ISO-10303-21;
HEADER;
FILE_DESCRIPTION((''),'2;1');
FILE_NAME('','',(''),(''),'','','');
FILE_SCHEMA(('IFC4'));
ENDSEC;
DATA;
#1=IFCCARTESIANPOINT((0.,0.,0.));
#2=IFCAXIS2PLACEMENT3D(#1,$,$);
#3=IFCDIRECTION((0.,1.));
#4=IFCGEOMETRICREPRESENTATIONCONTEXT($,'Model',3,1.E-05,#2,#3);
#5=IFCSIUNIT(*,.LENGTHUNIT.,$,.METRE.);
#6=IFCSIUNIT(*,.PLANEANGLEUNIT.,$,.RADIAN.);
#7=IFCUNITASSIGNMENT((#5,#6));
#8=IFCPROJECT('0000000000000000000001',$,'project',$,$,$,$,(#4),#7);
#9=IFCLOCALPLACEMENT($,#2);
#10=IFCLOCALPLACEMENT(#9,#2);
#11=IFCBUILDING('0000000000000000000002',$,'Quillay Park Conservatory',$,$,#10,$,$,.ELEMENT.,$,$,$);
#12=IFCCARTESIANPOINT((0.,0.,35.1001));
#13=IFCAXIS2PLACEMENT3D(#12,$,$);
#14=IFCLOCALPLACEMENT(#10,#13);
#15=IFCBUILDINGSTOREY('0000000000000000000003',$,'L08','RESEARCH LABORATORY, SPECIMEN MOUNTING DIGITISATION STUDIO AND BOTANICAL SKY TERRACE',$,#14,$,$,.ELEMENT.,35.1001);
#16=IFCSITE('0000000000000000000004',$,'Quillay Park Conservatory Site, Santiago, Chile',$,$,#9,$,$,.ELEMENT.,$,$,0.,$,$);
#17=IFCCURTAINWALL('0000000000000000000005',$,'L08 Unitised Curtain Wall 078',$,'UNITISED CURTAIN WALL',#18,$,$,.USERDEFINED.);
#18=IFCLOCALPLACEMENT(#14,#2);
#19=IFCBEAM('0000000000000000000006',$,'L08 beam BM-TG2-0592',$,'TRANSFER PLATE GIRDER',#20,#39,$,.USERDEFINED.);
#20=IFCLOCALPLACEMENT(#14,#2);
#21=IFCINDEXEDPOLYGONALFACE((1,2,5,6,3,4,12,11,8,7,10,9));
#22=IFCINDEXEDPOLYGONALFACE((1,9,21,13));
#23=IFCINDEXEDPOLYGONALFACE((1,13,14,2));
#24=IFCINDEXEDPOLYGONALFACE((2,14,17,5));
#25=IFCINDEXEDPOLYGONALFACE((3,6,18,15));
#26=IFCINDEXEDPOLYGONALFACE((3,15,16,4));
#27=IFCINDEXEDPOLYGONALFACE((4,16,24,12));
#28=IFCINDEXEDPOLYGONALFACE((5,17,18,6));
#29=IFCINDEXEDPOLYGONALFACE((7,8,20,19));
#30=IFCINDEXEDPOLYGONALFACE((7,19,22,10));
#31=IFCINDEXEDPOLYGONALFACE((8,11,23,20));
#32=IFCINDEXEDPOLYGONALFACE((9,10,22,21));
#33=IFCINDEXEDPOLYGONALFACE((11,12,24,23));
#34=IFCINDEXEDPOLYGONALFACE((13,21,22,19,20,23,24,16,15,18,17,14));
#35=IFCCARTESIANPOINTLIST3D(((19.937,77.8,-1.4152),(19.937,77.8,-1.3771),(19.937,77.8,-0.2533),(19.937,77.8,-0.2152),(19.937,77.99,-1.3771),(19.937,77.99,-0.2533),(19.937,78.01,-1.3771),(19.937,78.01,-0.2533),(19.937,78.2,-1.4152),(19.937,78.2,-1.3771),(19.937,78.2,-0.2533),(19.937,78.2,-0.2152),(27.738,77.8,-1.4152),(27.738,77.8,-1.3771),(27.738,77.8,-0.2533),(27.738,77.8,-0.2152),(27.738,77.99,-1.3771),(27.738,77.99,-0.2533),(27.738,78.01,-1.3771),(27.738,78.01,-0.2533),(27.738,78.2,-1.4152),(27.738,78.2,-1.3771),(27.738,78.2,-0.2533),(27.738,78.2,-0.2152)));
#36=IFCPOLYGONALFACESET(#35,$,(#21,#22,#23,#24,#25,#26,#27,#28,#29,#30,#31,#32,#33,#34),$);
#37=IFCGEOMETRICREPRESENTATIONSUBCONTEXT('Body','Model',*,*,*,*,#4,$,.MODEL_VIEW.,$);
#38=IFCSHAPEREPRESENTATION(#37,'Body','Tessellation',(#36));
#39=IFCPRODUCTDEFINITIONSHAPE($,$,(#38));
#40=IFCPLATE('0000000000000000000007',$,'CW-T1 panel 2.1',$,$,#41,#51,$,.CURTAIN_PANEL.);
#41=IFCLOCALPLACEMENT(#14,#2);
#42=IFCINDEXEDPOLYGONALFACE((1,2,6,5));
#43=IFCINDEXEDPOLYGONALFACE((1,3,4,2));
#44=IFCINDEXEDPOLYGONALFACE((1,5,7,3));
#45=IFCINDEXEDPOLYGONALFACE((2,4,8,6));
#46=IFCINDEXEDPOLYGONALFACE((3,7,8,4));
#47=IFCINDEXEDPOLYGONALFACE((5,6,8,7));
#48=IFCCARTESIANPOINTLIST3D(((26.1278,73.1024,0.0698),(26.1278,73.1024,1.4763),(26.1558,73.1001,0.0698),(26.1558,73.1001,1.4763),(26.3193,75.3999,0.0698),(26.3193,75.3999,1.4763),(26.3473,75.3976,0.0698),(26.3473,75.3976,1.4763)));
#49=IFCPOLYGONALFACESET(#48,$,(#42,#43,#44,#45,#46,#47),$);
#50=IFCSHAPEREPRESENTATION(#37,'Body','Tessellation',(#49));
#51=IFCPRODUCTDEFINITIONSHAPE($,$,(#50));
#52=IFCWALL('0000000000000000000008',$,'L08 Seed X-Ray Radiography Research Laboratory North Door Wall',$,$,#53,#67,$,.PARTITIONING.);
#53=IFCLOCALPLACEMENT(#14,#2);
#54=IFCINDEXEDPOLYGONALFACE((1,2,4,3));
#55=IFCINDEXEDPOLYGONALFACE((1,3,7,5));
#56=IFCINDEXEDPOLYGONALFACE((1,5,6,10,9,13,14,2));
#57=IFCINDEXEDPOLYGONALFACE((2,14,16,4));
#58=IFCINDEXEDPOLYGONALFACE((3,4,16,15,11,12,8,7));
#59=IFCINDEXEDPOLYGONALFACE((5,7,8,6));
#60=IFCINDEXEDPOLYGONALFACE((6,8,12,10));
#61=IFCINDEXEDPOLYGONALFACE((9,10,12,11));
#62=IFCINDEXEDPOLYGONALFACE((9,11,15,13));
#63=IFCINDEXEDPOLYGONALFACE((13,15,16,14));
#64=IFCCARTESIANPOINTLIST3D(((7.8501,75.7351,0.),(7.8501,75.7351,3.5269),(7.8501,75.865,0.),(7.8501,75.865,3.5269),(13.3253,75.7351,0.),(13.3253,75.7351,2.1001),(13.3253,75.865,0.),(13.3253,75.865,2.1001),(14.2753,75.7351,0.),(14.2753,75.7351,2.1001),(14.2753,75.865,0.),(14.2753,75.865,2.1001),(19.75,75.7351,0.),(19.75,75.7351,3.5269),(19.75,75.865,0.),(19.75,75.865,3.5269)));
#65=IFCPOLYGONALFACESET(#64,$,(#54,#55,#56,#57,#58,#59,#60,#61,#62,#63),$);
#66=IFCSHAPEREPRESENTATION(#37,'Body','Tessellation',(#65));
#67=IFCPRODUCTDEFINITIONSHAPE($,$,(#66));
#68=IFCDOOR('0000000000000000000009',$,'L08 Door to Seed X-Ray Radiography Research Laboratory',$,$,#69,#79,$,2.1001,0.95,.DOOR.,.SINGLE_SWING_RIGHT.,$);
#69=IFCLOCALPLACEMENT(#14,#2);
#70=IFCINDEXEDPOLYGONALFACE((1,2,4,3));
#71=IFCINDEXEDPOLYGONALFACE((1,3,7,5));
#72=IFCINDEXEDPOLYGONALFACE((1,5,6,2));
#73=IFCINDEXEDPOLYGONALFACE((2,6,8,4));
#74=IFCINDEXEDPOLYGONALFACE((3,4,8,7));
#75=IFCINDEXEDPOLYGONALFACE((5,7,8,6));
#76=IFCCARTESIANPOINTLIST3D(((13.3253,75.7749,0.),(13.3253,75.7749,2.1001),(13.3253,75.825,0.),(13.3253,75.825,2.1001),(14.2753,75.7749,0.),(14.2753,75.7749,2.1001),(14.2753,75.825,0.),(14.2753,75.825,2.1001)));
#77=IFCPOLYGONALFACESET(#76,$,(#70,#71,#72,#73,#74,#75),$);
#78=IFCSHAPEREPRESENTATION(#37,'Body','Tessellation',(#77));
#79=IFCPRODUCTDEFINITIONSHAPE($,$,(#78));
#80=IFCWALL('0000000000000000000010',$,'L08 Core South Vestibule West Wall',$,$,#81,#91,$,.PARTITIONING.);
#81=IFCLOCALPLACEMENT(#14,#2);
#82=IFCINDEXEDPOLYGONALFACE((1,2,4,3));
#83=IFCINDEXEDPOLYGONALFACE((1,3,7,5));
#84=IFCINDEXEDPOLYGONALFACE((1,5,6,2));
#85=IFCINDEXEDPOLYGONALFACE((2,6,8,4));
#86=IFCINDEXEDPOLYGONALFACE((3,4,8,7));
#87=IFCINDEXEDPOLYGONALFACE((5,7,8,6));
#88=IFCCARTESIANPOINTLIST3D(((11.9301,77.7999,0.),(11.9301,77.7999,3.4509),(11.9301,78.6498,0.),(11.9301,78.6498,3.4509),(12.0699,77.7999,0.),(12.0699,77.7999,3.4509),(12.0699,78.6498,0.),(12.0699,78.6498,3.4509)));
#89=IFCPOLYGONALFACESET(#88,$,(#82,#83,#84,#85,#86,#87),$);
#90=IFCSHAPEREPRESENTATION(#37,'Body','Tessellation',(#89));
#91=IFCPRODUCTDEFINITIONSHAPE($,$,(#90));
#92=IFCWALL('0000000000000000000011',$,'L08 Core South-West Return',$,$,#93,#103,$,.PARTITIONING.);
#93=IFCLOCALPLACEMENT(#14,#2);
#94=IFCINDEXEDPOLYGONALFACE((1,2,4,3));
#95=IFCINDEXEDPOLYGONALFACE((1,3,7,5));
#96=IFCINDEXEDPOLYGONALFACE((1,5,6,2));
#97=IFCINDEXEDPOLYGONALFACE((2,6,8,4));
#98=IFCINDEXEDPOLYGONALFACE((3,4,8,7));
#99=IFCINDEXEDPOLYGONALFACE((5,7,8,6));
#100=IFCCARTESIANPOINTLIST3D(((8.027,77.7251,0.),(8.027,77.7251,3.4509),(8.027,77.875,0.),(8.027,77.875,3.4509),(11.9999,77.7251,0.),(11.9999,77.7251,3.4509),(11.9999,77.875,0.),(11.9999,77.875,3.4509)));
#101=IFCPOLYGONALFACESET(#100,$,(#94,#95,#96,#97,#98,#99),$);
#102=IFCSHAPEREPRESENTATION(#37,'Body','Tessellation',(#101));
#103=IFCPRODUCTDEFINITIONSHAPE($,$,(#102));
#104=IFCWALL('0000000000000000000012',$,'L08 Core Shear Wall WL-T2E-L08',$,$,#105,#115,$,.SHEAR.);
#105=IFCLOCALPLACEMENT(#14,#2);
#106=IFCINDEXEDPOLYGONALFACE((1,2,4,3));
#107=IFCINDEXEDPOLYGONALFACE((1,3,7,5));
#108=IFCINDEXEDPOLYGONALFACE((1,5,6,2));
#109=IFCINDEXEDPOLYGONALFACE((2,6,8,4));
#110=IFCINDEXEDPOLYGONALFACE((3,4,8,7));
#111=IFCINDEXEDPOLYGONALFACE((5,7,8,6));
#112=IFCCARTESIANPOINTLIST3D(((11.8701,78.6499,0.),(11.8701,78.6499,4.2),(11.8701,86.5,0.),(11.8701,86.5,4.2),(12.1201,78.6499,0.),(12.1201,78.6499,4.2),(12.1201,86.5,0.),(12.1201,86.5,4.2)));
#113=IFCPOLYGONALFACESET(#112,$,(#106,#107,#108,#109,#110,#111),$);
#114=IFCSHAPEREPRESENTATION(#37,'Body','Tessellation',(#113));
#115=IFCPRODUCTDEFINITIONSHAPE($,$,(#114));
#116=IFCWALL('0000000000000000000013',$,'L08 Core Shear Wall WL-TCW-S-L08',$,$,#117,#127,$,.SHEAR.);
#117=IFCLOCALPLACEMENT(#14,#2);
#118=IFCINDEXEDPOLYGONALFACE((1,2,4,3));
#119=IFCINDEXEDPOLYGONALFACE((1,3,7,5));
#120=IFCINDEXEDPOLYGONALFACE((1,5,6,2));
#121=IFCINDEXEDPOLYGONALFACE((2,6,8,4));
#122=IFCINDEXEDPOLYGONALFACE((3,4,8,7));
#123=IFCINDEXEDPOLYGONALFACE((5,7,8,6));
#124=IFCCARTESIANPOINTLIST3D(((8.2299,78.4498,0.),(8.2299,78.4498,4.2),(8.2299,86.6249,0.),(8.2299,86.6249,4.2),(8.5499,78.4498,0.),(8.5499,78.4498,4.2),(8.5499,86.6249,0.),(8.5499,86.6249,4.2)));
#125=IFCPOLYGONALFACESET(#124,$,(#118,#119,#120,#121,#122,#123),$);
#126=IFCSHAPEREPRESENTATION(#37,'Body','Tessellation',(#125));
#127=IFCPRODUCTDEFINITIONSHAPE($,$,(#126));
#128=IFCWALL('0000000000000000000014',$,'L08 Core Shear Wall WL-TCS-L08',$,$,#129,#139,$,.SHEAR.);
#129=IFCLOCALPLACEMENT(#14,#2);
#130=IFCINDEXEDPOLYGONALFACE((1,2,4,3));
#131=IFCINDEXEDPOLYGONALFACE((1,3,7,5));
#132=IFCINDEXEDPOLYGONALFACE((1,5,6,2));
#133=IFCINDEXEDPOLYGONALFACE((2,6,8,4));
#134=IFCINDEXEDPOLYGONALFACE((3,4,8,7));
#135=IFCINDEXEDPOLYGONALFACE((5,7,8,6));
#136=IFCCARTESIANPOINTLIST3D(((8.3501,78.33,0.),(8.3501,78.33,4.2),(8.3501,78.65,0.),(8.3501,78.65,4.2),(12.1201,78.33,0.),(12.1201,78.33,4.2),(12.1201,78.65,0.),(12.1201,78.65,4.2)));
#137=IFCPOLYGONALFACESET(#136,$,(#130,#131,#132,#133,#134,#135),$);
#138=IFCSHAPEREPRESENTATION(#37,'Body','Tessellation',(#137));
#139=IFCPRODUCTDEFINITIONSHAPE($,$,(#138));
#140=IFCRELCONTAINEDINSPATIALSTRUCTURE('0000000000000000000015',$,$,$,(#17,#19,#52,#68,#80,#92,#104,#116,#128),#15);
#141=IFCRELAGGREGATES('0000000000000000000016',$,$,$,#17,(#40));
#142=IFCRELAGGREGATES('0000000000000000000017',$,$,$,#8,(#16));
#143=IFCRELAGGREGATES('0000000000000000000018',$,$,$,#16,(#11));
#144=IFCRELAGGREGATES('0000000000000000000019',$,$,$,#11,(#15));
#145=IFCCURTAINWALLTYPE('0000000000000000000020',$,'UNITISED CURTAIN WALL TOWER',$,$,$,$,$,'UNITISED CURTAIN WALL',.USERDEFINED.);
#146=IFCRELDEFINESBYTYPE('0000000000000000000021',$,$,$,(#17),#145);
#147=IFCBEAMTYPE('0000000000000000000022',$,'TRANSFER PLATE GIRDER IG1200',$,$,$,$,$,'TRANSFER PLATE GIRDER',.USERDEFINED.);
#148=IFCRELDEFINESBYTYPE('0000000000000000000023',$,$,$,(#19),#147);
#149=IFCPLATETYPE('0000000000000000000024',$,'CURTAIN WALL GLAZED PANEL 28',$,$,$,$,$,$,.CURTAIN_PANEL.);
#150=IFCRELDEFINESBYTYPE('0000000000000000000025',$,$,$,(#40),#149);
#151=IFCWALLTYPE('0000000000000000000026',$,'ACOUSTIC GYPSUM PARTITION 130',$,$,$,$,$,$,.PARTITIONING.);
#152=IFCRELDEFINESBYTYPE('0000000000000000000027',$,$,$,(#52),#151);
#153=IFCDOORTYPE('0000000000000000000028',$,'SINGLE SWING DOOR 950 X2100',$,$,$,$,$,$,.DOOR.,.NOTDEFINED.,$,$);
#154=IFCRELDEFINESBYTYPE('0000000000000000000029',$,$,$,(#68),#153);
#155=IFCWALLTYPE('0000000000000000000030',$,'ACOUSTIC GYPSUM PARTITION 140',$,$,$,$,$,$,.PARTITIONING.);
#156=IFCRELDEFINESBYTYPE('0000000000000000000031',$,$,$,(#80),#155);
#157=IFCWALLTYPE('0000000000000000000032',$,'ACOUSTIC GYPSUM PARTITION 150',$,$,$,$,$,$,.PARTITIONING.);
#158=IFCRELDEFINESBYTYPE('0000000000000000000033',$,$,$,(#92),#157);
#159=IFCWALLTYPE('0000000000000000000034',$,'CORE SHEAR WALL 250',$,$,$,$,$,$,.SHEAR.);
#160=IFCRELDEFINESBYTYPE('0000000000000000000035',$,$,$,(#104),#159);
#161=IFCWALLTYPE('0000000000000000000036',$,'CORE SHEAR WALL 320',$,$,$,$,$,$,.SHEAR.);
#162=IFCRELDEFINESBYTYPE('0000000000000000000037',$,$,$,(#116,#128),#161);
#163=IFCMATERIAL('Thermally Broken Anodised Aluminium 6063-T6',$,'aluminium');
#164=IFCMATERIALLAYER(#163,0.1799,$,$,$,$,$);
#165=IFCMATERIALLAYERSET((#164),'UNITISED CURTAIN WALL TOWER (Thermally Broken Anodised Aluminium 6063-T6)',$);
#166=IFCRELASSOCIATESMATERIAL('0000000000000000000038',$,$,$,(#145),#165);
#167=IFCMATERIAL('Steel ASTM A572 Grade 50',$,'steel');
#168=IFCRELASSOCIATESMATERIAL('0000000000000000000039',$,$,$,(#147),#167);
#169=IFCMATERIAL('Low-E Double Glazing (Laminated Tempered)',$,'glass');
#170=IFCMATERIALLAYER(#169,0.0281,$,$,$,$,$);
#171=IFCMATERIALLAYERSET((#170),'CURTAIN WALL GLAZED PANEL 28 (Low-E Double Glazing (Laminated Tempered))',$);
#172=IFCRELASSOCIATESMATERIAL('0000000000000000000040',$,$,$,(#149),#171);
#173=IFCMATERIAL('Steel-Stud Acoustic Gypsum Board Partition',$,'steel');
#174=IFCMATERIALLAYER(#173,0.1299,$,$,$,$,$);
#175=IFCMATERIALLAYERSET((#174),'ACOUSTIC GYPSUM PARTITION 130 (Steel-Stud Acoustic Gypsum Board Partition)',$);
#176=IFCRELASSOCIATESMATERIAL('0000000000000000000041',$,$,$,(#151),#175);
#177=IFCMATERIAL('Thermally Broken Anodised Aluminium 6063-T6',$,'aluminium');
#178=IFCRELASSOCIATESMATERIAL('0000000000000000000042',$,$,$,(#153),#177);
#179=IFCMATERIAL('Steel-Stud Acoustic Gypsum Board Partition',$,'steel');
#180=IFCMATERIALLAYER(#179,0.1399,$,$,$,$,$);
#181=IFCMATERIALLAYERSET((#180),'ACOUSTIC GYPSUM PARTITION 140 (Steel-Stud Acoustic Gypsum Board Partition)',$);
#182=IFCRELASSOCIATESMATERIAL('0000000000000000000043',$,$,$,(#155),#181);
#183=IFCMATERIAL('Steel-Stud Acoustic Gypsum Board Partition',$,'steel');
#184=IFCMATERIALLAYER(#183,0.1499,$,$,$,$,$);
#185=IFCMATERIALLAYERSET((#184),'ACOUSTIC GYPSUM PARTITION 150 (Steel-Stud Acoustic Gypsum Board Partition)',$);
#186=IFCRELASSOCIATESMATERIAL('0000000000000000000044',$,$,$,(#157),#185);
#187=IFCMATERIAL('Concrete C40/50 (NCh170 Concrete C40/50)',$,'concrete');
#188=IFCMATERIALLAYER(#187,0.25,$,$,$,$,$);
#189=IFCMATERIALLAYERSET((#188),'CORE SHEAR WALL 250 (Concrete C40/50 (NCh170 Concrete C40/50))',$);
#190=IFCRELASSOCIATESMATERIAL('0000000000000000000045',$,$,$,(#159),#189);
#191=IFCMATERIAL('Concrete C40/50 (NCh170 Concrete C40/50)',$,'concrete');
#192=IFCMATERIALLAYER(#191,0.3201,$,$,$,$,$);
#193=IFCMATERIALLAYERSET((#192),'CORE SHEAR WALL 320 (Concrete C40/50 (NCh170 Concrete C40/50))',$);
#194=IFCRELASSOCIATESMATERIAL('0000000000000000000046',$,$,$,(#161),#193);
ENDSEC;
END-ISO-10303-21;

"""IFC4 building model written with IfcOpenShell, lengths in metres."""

from ifc_helpers import new_model, si_unit, direction, frame, frame_2d, origin, origin_2d, place, context, subcontext, project, spatial, rectangle, i_section, extrude, material, layer, layer_set, material_profile, profile_set, type_object, element, fill, aggregate, save


model = new_model("IFC4")

# Units and contexts
model_context = context("Model", 3, precision=1e-05, world=origin(), true_north=direction((0.0, 1.0)))
body_context = subcontext(model_context, "Body", "Model", "MODEL_VIEW")
ifc_project = project(units=[si_unit("LENGTHUNIT", "METRE"), si_unit("PLANEANGLEUNIT", "RADIAN")], contexts=[model_context])

# Site, building, storey
site_placement = place(None, origin())
site = spatial("IfcSite", under=ifc_project, at=site_placement, Name="Quillay Park Conservatory Site, Santiago, Chile", CompositionType="ELEMENT", RefElevation=0.0)
building_placement = place(site_placement, origin())
building = spatial("IfcBuilding", under=site, at=building_placement, Name="Quillay Park Conservatory", CompositionType="ELEMENT")
storey_placement = place(building_placement, frame((0.0, 0.0, 35.1001)))
storey = spatial("IfcBuildingStorey", under=building, at=storey_placement, Name="L08", Description="RESEARCH LABORATORY, SPECIMEN MOUNTING DIGITISATION STUDIO AND BOTANICAL SKY TERRACE", CompositionType="ELEMENT", Elevation=35.1001)

# Curtain wall
ifc_material_1 = material(Name="Thermally Broken Anodised Aluminium 6063-T6", Category="aluminium")
ifc_layer_1 = layer(ifc_material_1, 0.1799)
ifc_layer_set_1 = layer_set([ifc_layer_1], Name="UNITISED CURTAIN WALL TOWER (Thermally Broken Anodised Aluminium 6063-T6)")
curtain_wall_type = type_object("IfcCurtainWallType", Name="UNITISED CURTAIN WALL TOWER", ElementType="UNITISED CURTAIN WALL", PredefinedType="USERDEFINED", material=ifc_layer_set_1)
curtain_wall_placement = place(storey_placement, origin())
curtain_wall = element("IfcCurtainWall", 1, at=curtain_wall_placement, inside=storey, type_object=curtain_wall_type, Name="L08 Unitised Curtain Wall 078", ObjectType="UNITISED CURTAIN WALL", PredefinedType="USERDEFINED")

# Beam
ifc_material_2 = material(Name="Steel ASTM A572 Grade 50", Category="steel")
ifc_material_profile_1 = material_profile(ifc_material_2, i_section(OverallWidth=0.3999, OverallDepth=1.2, WebThickness=0.02, FlangeThickness=0.0381, at=origin_2d()), Name="IG1200x400")
ifc_profile_set_1 = profile_set([ifc_material_profile_1], Name="Steel ASTM A572 Grade 50")
beam_type_1 = type_object("IfcBeamType", Name="TRANSFER PLATE GIRDER IG1200", ElementType="TRANSFER PLATE GIRDER", PredefinedType="USERDEFINED", material=ifc_profile_set_1)
beam_1_placement = place(storey_placement, frame((19.937, 78.0, -0.8152), z_axis=(1.0, 0.0, 0.0), x_axis=(0.0, 1.0, 0.0)))
element("IfcBeam", 2, at=beam_1_placement, inside=storey, type_object=beam_type_1, Name="L08 beam BM-TG2-0592", ObjectType="TRANSFER PLATE GIRDER", PredefinedType="USERDEFINED", context=body_context, shape_type="SweptSolid", body=[
    extrude(i_section(OverallWidth=0.3999, OverallDepth=1.2, WebThickness=0.02, FlangeThickness=0.0381, at=origin_2d()), origin(), (0.0, 0.0, 1.0), 7.801),
])

# Plate
ifc_material_3 = material(Name="Low-E Double Glazing (Laminated Tempered)", Category="glass")
ifc_layer_2 = layer(ifc_material_3, 0.0281)
ifc_layer_set_2 = layer_set([ifc_layer_2], Name="CURTAIN WALL GLAZED PANEL 28 (Low-E Double Glazing (Laminated Tempered))")
plate_type = type_object("IfcPlateType", Name="CURTAIN WALL GLAZED PANEL 28", PredefinedType="CURTAIN_PANEL", material=ifc_layer_set_2)
plate_placement = place(storey_placement, frame((26.2375, 74.25, 0.0698), z_axis=(0.0, 0.0, 1.0), x_axis=(-0.083048, -0.996546, 0.0)))
plate = element("IfcPlate", 3, at=plate_placement, type_object=plate_type, Name="CW-T1 panel 2.1", PredefinedType="CURTAIN_PANEL", context=body_context, shape_type="SweptSolid", body=[
    extrude(rectangle(XDim=2.3054, YDim=0.0281, at=origin_2d()), origin(), (0.0, 0.0, 1.0), 1.4065),
])
aggregate(curtain_wall, [plate])

# Wall, opening, door
ifc_material_4 = material(Name="Steel-Stud Acoustic Gypsum Board Partition", Category="steel")
ifc_layer_3 = layer(ifc_material_4, 0.1299)
ifc_layer_set_3 = layer_set([ifc_layer_3], Name="ACOUSTIC GYPSUM PARTITION 130 (Steel-Stud Acoustic Gypsum Board Partition)")
wall_type_1 = type_object("IfcWallType", Name="ACOUSTIC GYPSUM PARTITION 130", PredefinedType="PARTITIONING", material=ifc_layer_set_3)
wall_1_placement = place(storey_placement, frame((7.8501, 75.8, 0.0), z_axis=(0.0, 0.0, 1.0), x_axis=(1.0, 0.0, 0.0)))
wall_1 = element("IfcWall", 4, at=wall_1_placement, inside=storey, type_object=wall_type_1, Name="L08 Seed X-Ray Radiography Research Laboratory North Door Wall", PredefinedType="PARTITIONING", context=body_context, shape_type="SweptSolid", body=[
    extrude(rectangle(XDim=11.8999, YDim=0.1299, at=frame_2d((5.95, 0.0))), origin(), (0.0, 0.0, 1.0), 3.5269),
])
opening_1_placement = place(wall_1_placement, frame((5.4751, 0.0, 0.0)))
opening_1 = element("IfcOpeningElement", 5, at=opening_1_placement, cuts=wall_1, PredefinedType="OPENING", context=body_context, shape_type="SweptSolid", body=[
    extrude(rectangle(XDim=0.95, YDim=2.1001, at=frame_2d((0.4751, 1.05))), frame((0.0, 0.0649, 0.0), z_axis=(0.0, -1.0, 0.0), x_axis=(1.0, 0.0, 0.0)), (0.0, 0.0, 1.0), 0.1299),
])
ifc_material_5 = material(Name="Thermally Broken Anodised Aluminium 6063-T6", Category="aluminium")
door_type = type_object("IfcDoorType", Name="SINGLE SWING DOOR 950 X2100", OperationType="NOTDEFINED", PredefinedType="DOOR", material=ifc_material_5)
door_placement = place(opening_1_placement, origin())
door = element("IfcDoor", 6, at=door_placement, inside=storey, type_object=door_type, Name="L08 Door to Seed X-Ray Radiography Research Laboratory", OperationType="SINGLE_SWING_RIGHT", OverallHeight=2.1001, OverallWidth=0.95, PredefinedType="DOOR", context=body_context, shape_type="SweptSolid", body=[
    extrude(rectangle(XDim=0.95, YDim=2.1001, at=frame_2d((0.4751, 1.05))), frame((0.0, 0.0249, 0.0), z_axis=(0.0, -1.0, 0.0), x_axis=(1.0, 0.0, 0.0)), (0.0, 0.0, 1.0), 0.05),
])
fill(opening_1, door)

# Walls
ifc_material_6 = material(Name="Steel-Stud Acoustic Gypsum Board Partition", Category="steel")
ifc_layer_4 = layer(ifc_material_6, 0.1399)
ifc_layer_set_4 = layer_set([ifc_layer_4], Name="ACOUSTIC GYPSUM PARTITION 140 (Steel-Stud Acoustic Gypsum Board Partition)")
wall_type_2 = type_object("IfcWallType", Name="ACOUSTIC GYPSUM PARTITION 140", PredefinedType="PARTITIONING", material=ifc_layer_set_4)
wall_2_placement = place(storey_placement, frame((12.0, 77.8, 0.0), z_axis=(0.0, 0.0, 1.0), x_axis=(0.0, 1.0, 0.0)))
element("IfcWall", 7, at=wall_2_placement, inside=storey, type_object=wall_type_2, Name="L08 Core South Vestibule West Wall", PredefinedType="PARTITIONING", context=body_context, shape_type="SweptSolid", body=[
    extrude(rectangle(XDim=0.8499, YDim=0.1399, at=frame_2d((0.4248, 0.0))), origin(), (0.0, 0.0, 1.0), 3.4509),
])
ifc_material_7 = material(Name="Steel-Stud Acoustic Gypsum Board Partition", Category="steel")
ifc_layer_5 = layer(ifc_material_7, 0.1499)
ifc_layer_set_5 = layer_set([ifc_layer_5], Name="ACOUSTIC GYPSUM PARTITION 150 (Steel-Stud Acoustic Gypsum Board Partition)")
wall_type_3 = type_object("IfcWallType", Name="ACOUSTIC GYPSUM PARTITION 150", PredefinedType="PARTITIONING", material=ifc_layer_set_5)
wall_3_placement = place(storey_placement, frame((8.0271, 77.8, 0.0), z_axis=(0.0, 0.0, 1.0), x_axis=(1.0, 0.0, 0.0)))
element("IfcWall", 8, at=wall_3_placement, inside=storey, type_object=wall_type_3, Name="L08 Core South-West Return", PredefinedType="PARTITIONING", context=body_context, shape_type="SweptSolid", body=[
    extrude(rectangle(XDim=3.9729, YDim=0.1499, at=frame_2d((1.9863, 0.0))), origin(), (0.0, 0.0, 1.0), 3.4509),
])
ifc_material_8 = material(Name="Concrete C40/50 (NCh170 Concrete C40/50)", Category="concrete")
ifc_layer_6 = layer(ifc_material_8, 0.25)
ifc_layer_set_6 = layer_set([ifc_layer_6], Name="CORE SHEAR WALL 250 (Concrete C40/50 (NCh170 Concrete C40/50))")
wall_type_4 = type_object("IfcWallType", Name="CORE SHEAR WALL 250", PredefinedType="SHEAR", material=ifc_layer_set_6)
wall_4_placement = place(storey_placement, frame((11.9951, 78.6499, 0.0), z_axis=(0.0, 0.0, 1.0), x_axis=(0.0, 1.0, 0.0)))
element("IfcWall", 9, at=wall_4_placement, inside=storey, type_object=wall_type_4, Name="L08 Core Shear Wall WL-T2E-L08", PredefinedType="SHEAR", context=body_context, shape_type="SweptSolid", body=[
    extrude(rectangle(XDim=7.8501, YDim=0.25, at=frame_2d((3.925, 0.0))), origin(), (0.0, 0.0, 1.0), 4.2),
])
ifc_material_9 = material(Name="Concrete C40/50 (NCh170 Concrete C40/50)", Category="concrete")
ifc_layer_7 = layer(ifc_material_9, 0.3201)
ifc_layer_set_7 = layer_set([ifc_layer_7], Name="CORE SHEAR WALL 320 (Concrete C40/50 (NCh170 Concrete C40/50))")
wall_type_5 = type_object("IfcWallType", Name="CORE SHEAR WALL 320", PredefinedType="SHEAR", material=ifc_layer_set_7)
wall_5_placement = place(storey_placement, frame((8.3899, 78.45, 0.0), z_axis=(0.0, 0.0, 1.0), x_axis=(0.0, 1.0, 0.0)))
element("IfcWall", 10, at=wall_5_placement, inside=storey, type_object=wall_type_5, Name="L08 Core Shear Wall WL-TCW-S-L08", PredefinedType="SHEAR", context=body_context, shape_type="SweptSolid", body=[
    extrude(rectangle(XDim=8.175, YDim=0.3201, at=frame_2d((4.0874, 0.0))), origin(), (0.0, 0.0, 1.0), 4.2),
])
wall_6_placement = place(storey_placement, frame((8.3501, 78.49, 0.0), z_axis=(0.0, 0.0, 1.0), x_axis=(1.0, 0.0, 0.0)))
element("IfcWall", 11, at=wall_6_placement, inside=storey, type_object=wall_type_5, Name="L08 Core Shear Wall WL-TCS-L08", PredefinedType="SHEAR", context=body_context, shape_type="SweptSolid", body=[
    extrude(rectangle(XDim=3.77, YDim=0.3201, at=frame_2d((1.885, 0.0))), origin(), (0.0, 0.0, 1.0), 4.2),
])

save(model, "model.ifc")
